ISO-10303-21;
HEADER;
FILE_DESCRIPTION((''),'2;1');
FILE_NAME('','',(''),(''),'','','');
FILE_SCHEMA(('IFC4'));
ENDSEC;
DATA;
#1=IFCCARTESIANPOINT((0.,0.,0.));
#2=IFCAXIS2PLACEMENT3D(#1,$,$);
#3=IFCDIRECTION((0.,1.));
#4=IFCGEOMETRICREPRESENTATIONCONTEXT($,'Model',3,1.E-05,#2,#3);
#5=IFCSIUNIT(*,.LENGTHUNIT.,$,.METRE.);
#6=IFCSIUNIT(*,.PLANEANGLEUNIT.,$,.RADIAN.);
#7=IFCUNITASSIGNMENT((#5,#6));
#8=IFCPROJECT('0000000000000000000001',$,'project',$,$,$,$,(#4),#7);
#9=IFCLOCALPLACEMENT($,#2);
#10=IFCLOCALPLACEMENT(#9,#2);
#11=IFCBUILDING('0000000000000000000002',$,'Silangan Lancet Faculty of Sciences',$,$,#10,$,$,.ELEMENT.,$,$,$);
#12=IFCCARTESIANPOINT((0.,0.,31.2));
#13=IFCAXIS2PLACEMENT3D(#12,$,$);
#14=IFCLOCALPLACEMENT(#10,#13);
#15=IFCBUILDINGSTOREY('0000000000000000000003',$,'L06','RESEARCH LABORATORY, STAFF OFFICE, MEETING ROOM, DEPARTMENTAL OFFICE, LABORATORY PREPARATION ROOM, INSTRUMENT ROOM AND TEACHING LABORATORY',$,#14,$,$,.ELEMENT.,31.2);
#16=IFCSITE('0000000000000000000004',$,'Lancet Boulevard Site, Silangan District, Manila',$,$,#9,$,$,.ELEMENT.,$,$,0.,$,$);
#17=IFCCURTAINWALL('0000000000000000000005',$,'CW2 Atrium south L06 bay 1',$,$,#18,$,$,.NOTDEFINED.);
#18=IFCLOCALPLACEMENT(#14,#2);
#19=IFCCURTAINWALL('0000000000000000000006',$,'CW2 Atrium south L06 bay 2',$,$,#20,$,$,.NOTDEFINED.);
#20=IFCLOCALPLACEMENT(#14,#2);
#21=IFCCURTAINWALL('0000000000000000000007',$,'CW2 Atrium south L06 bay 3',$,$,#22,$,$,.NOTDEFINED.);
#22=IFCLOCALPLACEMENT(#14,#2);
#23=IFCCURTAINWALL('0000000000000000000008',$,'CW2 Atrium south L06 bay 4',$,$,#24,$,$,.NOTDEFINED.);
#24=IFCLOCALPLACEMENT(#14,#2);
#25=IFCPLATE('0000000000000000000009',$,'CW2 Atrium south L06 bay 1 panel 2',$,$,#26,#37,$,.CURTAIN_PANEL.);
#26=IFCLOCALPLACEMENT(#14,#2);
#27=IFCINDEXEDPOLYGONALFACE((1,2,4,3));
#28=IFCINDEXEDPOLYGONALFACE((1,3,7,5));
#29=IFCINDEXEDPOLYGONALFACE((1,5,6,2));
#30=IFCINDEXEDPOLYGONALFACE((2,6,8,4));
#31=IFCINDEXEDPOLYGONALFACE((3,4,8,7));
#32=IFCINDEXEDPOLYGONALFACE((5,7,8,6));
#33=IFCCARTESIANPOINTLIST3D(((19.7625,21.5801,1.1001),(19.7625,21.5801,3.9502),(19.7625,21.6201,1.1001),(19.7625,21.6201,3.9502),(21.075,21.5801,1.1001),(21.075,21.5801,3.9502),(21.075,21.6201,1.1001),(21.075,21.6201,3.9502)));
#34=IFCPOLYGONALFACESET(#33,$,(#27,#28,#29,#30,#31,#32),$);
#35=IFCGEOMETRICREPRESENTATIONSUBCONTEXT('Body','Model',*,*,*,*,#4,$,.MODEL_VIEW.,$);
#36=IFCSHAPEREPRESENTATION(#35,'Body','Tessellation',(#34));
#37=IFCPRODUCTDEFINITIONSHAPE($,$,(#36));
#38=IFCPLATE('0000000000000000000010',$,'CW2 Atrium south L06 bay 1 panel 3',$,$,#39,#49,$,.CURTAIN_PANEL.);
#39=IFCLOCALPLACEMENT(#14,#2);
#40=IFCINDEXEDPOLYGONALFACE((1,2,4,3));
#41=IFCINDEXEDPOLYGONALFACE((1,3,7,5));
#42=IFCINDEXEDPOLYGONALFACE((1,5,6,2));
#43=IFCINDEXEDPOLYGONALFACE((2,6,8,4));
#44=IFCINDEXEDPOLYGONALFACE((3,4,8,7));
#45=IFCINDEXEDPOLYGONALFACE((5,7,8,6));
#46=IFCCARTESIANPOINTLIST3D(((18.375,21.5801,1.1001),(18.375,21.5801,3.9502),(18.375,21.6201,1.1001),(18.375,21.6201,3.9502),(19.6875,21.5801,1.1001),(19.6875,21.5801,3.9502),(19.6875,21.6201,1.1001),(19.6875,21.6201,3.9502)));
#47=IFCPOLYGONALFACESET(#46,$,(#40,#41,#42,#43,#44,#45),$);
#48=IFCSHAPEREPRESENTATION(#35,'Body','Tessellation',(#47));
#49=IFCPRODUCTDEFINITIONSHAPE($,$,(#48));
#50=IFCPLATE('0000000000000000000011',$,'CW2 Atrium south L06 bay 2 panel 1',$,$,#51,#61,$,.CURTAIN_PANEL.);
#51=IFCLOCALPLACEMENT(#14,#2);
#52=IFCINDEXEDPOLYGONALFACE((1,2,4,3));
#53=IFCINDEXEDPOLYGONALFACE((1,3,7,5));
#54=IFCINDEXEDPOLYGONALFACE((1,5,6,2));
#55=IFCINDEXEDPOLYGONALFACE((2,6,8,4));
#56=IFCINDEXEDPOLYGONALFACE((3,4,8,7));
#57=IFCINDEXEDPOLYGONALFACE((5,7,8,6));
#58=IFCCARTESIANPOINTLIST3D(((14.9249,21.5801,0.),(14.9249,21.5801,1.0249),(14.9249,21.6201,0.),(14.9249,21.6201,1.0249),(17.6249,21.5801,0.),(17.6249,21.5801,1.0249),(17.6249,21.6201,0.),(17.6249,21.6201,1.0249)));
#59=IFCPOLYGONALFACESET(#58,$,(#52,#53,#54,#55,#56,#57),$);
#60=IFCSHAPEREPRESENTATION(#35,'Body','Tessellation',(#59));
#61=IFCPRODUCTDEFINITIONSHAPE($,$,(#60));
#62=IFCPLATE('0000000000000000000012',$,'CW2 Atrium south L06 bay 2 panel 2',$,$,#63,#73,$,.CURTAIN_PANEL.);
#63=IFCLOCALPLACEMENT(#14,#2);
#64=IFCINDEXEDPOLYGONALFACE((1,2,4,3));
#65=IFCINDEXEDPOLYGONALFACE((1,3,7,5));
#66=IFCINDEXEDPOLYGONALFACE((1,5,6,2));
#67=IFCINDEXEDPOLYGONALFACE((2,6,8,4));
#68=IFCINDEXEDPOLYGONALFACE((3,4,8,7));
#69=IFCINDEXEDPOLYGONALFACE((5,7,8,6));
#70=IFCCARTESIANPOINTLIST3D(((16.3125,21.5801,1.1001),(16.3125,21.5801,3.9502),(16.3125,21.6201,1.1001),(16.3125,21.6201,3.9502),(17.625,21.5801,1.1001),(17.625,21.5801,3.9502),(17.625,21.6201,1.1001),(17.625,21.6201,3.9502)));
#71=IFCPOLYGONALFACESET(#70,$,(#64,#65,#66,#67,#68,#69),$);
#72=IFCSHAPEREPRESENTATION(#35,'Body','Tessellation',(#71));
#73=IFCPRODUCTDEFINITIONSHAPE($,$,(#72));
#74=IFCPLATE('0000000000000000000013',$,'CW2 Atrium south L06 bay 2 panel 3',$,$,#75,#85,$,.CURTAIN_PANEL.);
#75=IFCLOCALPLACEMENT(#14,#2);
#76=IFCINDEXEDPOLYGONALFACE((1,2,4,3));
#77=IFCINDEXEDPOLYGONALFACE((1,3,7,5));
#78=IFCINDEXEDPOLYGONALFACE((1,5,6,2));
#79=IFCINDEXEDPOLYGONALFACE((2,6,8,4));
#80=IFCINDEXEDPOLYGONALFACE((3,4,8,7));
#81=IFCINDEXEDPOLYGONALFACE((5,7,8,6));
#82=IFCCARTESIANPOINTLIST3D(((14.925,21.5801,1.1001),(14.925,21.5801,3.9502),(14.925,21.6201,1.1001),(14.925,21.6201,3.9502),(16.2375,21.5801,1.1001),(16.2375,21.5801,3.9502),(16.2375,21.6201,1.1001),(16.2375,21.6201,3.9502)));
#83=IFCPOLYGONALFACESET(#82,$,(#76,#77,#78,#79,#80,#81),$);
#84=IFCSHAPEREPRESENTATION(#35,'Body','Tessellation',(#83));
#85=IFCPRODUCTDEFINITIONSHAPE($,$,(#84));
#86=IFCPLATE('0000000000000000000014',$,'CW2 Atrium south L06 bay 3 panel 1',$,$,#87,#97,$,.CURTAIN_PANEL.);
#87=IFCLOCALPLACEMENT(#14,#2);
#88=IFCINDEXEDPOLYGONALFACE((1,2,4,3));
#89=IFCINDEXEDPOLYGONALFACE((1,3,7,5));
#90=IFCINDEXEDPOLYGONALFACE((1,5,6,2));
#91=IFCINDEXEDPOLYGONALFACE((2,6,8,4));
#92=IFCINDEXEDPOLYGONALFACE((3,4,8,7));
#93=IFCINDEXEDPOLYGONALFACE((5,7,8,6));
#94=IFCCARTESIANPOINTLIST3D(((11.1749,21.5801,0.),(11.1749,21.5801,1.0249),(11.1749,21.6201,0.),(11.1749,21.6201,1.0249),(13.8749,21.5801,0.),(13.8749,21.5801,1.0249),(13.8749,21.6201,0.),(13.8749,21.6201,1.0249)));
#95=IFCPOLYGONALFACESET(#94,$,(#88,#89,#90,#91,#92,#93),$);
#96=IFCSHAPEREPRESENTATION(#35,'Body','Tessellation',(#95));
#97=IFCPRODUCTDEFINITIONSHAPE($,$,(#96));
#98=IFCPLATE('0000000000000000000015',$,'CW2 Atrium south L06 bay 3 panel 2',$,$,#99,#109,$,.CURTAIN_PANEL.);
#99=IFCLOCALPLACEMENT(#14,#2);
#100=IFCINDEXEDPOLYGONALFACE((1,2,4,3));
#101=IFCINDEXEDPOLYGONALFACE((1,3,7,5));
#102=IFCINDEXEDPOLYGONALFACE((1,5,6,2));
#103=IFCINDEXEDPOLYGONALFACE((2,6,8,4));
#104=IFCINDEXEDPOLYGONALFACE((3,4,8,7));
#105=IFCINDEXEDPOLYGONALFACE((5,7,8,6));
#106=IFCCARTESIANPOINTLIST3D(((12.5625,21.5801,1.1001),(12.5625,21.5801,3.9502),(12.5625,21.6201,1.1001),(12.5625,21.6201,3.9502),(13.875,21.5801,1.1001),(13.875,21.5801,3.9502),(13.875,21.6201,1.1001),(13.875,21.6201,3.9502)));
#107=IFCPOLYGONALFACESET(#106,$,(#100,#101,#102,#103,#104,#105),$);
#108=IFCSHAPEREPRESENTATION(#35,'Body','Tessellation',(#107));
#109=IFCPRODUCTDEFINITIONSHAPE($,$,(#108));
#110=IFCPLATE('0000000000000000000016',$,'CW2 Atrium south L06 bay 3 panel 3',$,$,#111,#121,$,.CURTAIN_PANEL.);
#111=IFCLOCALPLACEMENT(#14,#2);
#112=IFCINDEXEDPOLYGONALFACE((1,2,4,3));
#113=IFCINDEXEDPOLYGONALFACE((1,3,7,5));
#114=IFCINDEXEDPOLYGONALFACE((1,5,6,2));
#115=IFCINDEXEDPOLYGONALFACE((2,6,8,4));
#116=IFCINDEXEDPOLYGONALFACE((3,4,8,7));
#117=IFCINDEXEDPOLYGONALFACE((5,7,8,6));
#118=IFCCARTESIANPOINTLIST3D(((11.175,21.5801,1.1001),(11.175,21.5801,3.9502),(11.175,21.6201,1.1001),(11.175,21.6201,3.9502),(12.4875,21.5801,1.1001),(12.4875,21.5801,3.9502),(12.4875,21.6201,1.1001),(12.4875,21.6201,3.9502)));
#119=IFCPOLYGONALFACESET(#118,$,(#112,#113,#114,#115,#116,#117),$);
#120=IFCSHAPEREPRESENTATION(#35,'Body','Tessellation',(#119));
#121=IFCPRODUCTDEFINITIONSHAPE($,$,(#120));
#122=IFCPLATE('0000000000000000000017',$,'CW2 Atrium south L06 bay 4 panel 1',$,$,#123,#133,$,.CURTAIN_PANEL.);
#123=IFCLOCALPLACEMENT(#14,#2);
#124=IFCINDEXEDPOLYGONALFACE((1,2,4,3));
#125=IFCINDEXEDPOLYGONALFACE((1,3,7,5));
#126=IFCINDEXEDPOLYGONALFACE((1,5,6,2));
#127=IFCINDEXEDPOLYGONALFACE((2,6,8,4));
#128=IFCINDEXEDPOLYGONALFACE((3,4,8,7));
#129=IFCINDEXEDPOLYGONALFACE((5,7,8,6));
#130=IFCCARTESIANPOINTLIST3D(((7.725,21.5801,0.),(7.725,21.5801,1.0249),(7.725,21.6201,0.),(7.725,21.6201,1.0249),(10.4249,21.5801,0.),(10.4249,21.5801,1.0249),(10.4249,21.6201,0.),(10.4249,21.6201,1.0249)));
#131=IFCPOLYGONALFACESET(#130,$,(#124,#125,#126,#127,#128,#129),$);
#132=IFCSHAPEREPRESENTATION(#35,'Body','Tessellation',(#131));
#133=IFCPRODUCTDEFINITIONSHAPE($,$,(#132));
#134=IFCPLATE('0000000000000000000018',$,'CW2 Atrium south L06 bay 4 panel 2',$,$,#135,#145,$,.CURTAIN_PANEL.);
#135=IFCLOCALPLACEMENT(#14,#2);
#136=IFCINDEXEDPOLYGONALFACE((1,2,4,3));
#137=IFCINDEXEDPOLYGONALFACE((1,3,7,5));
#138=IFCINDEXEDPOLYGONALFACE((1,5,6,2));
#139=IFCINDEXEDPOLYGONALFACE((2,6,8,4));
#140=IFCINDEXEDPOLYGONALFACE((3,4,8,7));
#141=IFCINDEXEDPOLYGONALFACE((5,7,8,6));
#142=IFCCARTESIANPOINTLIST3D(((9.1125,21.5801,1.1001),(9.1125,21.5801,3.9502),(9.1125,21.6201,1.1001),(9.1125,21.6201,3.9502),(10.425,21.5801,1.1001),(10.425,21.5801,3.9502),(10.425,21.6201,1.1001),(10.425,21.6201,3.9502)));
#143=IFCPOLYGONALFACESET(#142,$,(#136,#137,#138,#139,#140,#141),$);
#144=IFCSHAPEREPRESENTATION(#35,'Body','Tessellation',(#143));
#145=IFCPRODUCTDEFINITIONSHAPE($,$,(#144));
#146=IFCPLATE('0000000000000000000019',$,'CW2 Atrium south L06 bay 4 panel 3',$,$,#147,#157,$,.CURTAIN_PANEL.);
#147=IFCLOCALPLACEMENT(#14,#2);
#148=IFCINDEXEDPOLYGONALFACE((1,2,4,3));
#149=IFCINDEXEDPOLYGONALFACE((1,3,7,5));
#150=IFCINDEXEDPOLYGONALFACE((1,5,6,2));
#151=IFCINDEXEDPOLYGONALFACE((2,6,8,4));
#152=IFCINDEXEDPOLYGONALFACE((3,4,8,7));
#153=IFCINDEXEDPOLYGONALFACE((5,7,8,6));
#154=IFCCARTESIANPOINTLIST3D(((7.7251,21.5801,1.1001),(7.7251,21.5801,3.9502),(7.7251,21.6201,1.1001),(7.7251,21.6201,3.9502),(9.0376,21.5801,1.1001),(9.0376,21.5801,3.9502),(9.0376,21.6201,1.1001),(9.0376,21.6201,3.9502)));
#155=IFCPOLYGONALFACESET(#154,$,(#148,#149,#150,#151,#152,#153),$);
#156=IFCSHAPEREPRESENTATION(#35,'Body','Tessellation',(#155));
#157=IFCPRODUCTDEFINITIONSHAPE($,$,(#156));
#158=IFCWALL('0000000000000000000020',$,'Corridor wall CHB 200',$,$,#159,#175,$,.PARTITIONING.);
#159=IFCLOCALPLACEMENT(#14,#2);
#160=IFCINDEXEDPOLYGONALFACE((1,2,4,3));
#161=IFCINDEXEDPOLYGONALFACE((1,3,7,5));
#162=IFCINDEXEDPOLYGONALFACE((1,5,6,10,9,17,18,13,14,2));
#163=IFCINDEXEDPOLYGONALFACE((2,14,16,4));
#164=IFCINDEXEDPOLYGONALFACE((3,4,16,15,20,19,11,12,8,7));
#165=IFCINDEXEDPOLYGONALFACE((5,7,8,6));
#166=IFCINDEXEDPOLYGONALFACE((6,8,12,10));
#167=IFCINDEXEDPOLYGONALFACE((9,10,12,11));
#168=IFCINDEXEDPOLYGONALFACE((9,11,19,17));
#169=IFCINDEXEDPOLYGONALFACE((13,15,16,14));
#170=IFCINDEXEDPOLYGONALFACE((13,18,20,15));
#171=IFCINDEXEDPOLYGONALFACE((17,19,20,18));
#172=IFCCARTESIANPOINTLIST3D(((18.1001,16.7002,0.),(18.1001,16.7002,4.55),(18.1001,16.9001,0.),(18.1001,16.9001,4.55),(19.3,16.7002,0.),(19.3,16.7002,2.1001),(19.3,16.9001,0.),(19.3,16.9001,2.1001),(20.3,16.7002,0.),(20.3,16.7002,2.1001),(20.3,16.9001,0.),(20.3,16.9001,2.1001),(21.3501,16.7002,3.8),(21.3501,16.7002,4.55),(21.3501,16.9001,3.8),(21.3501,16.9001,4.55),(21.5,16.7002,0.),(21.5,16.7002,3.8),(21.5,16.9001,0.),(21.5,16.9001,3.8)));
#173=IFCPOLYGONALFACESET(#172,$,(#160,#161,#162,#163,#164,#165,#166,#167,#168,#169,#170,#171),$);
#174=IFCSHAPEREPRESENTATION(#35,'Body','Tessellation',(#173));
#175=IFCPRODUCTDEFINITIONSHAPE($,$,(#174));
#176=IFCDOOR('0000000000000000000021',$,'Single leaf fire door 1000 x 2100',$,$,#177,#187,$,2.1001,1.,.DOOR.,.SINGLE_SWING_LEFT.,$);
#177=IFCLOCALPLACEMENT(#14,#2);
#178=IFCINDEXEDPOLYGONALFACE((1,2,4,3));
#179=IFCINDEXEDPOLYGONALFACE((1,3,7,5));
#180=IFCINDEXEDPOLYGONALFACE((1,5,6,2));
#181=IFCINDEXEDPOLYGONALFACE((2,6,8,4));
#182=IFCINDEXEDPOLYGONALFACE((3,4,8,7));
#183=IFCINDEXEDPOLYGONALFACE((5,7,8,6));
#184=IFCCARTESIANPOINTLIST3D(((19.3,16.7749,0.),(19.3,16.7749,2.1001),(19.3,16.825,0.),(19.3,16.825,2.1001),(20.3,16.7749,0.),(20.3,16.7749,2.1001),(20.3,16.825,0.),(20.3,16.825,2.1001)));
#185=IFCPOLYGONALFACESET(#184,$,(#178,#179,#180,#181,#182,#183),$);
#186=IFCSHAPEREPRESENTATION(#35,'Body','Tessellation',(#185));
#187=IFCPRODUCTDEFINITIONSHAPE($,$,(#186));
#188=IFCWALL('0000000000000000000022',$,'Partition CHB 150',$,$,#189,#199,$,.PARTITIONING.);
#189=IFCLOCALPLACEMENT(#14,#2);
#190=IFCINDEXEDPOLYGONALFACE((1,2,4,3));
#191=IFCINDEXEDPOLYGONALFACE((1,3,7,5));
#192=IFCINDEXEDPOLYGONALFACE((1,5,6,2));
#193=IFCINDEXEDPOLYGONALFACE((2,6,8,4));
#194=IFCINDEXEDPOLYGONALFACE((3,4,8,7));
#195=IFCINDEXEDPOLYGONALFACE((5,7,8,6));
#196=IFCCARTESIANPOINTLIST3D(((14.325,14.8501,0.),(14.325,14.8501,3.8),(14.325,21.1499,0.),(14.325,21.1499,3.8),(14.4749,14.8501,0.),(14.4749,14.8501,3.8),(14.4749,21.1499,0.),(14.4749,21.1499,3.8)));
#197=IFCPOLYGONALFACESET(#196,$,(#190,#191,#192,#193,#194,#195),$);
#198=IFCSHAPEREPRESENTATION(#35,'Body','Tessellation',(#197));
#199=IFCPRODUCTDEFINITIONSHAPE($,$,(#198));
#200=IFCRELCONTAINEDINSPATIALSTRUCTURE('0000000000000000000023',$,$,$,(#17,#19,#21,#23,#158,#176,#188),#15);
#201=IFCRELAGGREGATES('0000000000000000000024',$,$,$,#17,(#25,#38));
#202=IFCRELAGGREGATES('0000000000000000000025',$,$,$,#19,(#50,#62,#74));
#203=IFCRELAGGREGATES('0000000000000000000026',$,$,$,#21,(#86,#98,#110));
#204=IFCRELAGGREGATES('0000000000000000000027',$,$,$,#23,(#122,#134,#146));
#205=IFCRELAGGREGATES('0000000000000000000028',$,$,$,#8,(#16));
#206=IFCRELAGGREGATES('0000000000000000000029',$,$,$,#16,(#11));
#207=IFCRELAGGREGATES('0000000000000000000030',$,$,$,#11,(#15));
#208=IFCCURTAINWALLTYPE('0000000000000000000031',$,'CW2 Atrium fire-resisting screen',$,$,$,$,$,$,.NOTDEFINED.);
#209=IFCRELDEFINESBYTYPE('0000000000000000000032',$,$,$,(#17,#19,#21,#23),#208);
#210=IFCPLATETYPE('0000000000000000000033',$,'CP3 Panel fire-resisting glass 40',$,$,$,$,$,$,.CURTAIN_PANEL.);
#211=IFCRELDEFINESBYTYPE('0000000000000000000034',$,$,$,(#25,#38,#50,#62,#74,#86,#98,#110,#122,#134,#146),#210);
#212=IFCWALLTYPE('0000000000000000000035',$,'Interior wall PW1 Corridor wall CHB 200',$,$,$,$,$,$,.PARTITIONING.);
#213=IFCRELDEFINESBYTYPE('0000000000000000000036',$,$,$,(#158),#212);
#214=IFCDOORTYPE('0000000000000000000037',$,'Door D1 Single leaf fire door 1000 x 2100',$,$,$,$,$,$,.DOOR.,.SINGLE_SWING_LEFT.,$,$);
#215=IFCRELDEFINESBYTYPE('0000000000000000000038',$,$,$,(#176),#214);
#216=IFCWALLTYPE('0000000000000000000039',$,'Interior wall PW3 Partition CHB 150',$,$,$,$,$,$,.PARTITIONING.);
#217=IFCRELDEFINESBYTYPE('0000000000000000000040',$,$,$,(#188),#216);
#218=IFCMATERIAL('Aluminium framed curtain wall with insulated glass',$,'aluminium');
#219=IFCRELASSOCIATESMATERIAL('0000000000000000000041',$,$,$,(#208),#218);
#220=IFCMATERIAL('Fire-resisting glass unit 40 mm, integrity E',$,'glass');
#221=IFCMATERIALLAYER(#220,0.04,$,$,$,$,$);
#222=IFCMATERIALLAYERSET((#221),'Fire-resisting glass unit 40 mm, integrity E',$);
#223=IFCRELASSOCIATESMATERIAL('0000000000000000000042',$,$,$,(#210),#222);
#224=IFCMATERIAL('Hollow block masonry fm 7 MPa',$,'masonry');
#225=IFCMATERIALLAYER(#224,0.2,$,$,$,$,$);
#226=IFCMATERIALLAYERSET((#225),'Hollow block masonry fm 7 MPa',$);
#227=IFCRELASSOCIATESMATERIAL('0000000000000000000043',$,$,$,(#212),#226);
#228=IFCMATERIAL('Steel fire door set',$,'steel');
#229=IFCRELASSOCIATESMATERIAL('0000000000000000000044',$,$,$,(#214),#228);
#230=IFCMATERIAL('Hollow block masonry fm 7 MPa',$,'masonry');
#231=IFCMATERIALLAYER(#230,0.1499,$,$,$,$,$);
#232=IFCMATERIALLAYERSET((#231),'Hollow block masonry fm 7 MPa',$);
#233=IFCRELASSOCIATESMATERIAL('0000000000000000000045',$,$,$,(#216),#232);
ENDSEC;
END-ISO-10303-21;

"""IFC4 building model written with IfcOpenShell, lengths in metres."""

from ifc_helpers import new_model, si_unit, direction, frame, frame_2d, origin, origin_2d, place, context, subcontext, project, spatial, polyline, rectangle, outline, extrude, material, layer, layer_set, type_object, element, fill, aggregate, save


model = new_model("IFC4")

# Units and contexts
model_context = context("Model", 3, precision=1e-05, world=origin(), true_north=direction((0.0, 1.0)))
body_context = subcontext(model_context, "Body", "Model", "MODEL_VIEW")
ifc_project = project(units=[si_unit("LENGTHUNIT", "METRE"), si_unit("PLANEANGLEUNIT", "RADIAN")], contexts=[model_context])

# Site, building, storey
site_placement = place(None, origin())
site = spatial("IfcSite", under=ifc_project, at=site_placement, Name="Lancet Boulevard Site, Silangan District, Manila", CompositionType="ELEMENT", RefElevation=0.0)
building_placement = place(site_placement, origin())
building = spatial("IfcBuilding", under=site, at=building_placement, Name="Silangan Lancet Faculty of Sciences", CompositionType="ELEMENT")
storey_placement = place(building_placement, frame((0.0, 0.0, 31.2)))
storey = spatial("IfcBuildingStorey", under=building, at=storey_placement, Name="L06", Description="RESEARCH LABORATORY, STAFF OFFICE, MEETING ROOM, DEPARTMENTAL OFFICE, LABORATORY PREPARATION ROOM, INSTRUMENT ROOM AND TEACHING LABORATORY", CompositionType="ELEMENT", Elevation=31.2)

# Curtain walls
ifc_material_1 = material(Name="Aluminium framed curtain wall with insulated glass", Category="aluminium")
curtain_wall_type = type_object("IfcCurtainWallType", Name="CW2 Atrium fire-resisting screen", PredefinedType="NOTDEFINED", material=ifc_material_1)
curtain_wall_1_placement = place(storey_placement, origin())
curtain_wall_1 = element("IfcCurtainWall", 1, at=curtain_wall_1_placement, inside=storey, type_object=curtain_wall_type, Name="CW2 Atrium south L06 bay 1", PredefinedType="NOTDEFINED")
curtain_wall_2_placement = place(storey_placement, origin())
curtain_wall_2 = element("IfcCurtainWall", 2, at=curtain_wall_2_placement, inside=storey, type_object=curtain_wall_type, Name="CW2 Atrium south L06 bay 2", PredefinedType="NOTDEFINED")
curtain_wall_3_placement = place(storey_placement, origin())
curtain_wall_3 = element("IfcCurtainWall", 3, at=curtain_wall_3_placement, inside=storey, type_object=curtain_wall_type, Name="CW2 Atrium south L06 bay 3", PredefinedType="NOTDEFINED")
curtain_wall_4_placement = place(storey_placement, origin())
curtain_wall_4 = element("IfcCurtainWall", 4, at=curtain_wall_4_placement, inside=storey, type_object=curtain_wall_type, Name="CW2 Atrium south L06 bay 4", PredefinedType="NOTDEFINED")

# Plates
ifc_material_2 = material(Name="Fire-resisting glass unit 40 mm, integrity E", Category="glass")
ifc_layer_1 = layer(ifc_material_2, 0.04)
ifc_layer_set_1 = layer_set([ifc_layer_1], Name="Fire-resisting glass unit 40 mm, integrity E")
plate_type = type_object("IfcPlateType", Name="CP3 Panel fire-resisting glass 40", PredefinedType="CURTAIN_PANEL", material=ifc_layer_set_1)
plate_1_placement = place(storey_placement, frame((20.4187, 21.6001, 1.1001), z_axis=(0.0, 0.0, 1.0), x_axis=(-1.0, 0.0, 0.0)))
plate_1 = element("IfcPlate", 5, at=plate_1_placement, type_object=plate_type, Name="CW2 Atrium south L06 bay 1 panel 2", PredefinedType="CURTAIN_PANEL", context=body_context, shape_type="SweptSolid", body=[
    extrude(rectangle(XDim=1.3125, YDim=0.04, at=origin_2d()), origin(), (0.0, 0.0, 1.0), 2.8501),
])
plate_2_placement = place(storey_placement, frame((19.0312, 21.6001, 1.1001), z_axis=(0.0, 0.0, 1.0), x_axis=(-1.0, 0.0, 0.0)))
plate_2 = element("IfcPlate", 6, at=plate_2_placement, type_object=plate_type, Name="CW2 Atrium south L06 bay 1 panel 3", PredefinedType="CURTAIN_PANEL", context=body_context, shape_type="SweptSolid", body=[
    extrude(rectangle(XDim=1.3125, YDim=0.04, at=origin_2d()), origin(), (0.0, 0.0, 1.0), 2.8501),
])
aggregate(curtain_wall_1, [plate_1, plate_2])
plate_3_placement = place(storey_placement, frame((16.2749, 21.6001, 0.0), z_axis=(0.0, 0.0, 1.0), x_axis=(-1.0, 0.0, 0.0)))
plate_3 = element("IfcPlate", 7, at=plate_3_placement, type_object=plate_type, Name="CW2 Atrium south L06 bay 2 panel 1", PredefinedType="CURTAIN_PANEL", context=body_context, shape_type="SweptSolid", body=[
    extrude(rectangle(XDim=2.7, YDim=0.04, at=origin_2d()), origin(), (0.0, 0.0, 1.0), 1.0249),
])
plate_4_placement = place(storey_placement, frame((16.9688, 21.6001, 1.1001), z_axis=(0.0, 0.0, 1.0), x_axis=(-1.0, 0.0, 0.0)))
plate_4 = element("IfcPlate", 8, at=plate_4_placement, type_object=plate_type, Name="CW2 Atrium south L06 bay 2 panel 2", PredefinedType="CURTAIN_PANEL", context=body_context, shape_type="SweptSolid", body=[
    extrude(rectangle(XDim=1.3125, YDim=0.04, at=origin_2d()), origin(), (0.0, 0.0, 1.0), 2.8501),
])
plate_5_placement = place(storey_placement, frame((15.5813, 21.6001, 1.1001), z_axis=(0.0, 0.0, 1.0), x_axis=(-1.0, 0.0, 0.0)))
plate_5 = element("IfcPlate", 9, at=plate_5_placement, type_object=plate_type, Name="CW2 Atrium south L06 bay 2 panel 3", PredefinedType="CURTAIN_PANEL", context=body_context, shape_type="SweptSolid", body=[
    extrude(rectangle(XDim=1.3125, YDim=0.04, at=origin_2d()), origin(), (0.0, 0.0, 1.0), 2.8501),
])
aggregate(curtain_wall_2, [plate_3, plate_4, plate_5])
plate_6_placement = place(storey_placement, frame((12.5249, 21.6001, 0.0), z_axis=(0.0, 0.0, 1.0), x_axis=(-1.0, 0.0, 0.0)))
plate_6 = element("IfcPlate", 10, at=plate_6_placement, type_object=plate_type, Name="CW2 Atrium south L06 bay 3 panel 1", PredefinedType="CURTAIN_PANEL", context=body_context, shape_type="SweptSolid", body=[
    extrude(rectangle(XDim=2.7, YDim=0.04, at=origin_2d()), origin(), (0.0, 0.0, 1.0), 1.0249),
])
plate_7_placement = place(storey_placement, frame((13.2188, 21.6001, 1.1001), z_axis=(0.0, 0.0, 1.0), x_axis=(-1.0, 0.0, 0.0)))
plate_7 = element("IfcPlate", 11, at=plate_7_placement, type_object=plate_type, Name="CW2 Atrium south L06 bay 3 panel 2", PredefinedType="CURTAIN_PANEL", context=body_context, shape_type="SweptSolid", body=[
    extrude(rectangle(XDim=1.3125, YDim=0.04, at=origin_2d()), origin(), (0.0, 0.0, 1.0), 2.8501),
])
plate_8_placement = place(storey_placement, frame((11.8313, 21.6001, 1.1001), z_axis=(0.0, 0.0, 1.0), x_axis=(-1.0, 0.0, 0.0)))
plate_8 = element("IfcPlate", 12, at=plate_8_placement, type_object=plate_type, Name="CW2 Atrium south L06 bay 3 panel 3", PredefinedType="CURTAIN_PANEL", context=body_context, shape_type="SweptSolid", body=[
    extrude(rectangle(XDim=1.3125, YDim=0.04, at=origin_2d()), origin(), (0.0, 0.0, 1.0), 2.8501),
])
aggregate(curtain_wall_3, [plate_6, plate_7, plate_8])
plate_9_placement = place(storey_placement, frame((9.075, 21.6001, 0.0), z_axis=(0.0, 0.0, 1.0), x_axis=(-1.0, 0.0, 0.0)))
plate_9 = element("IfcPlate", 13, at=plate_9_placement, type_object=plate_type, Name="CW2 Atrium south L06 bay 4 panel 1", PredefinedType="CURTAIN_PANEL", context=body_context, shape_type="SweptSolid", body=[
    extrude(rectangle(XDim=2.7, YDim=0.04, at=origin_2d()), origin(), (0.0, 0.0, 1.0), 1.0249),
])
plate_10_placement = place(storey_placement, frame((9.7688, 21.6001, 1.1001), z_axis=(0.0, 0.0, 1.0), x_axis=(-1.0, 0.0, 0.0)))
plate_10 = element("IfcPlate", 14, at=plate_10_placement, type_object=plate_type, Name="CW2 Atrium south L06 bay 4 panel 2", PredefinedType="CURTAIN_PANEL", context=body_context, shape_type="SweptSolid", body=[
    extrude(rectangle(XDim=1.3125, YDim=0.04, at=origin_2d()), origin(), (0.0, 0.0, 1.0), 2.8501),
])
plate_11_placement = place(storey_placement, frame((8.3813, 21.6001, 1.1001), z_axis=(0.0, 0.0, 1.0), x_axis=(-1.0, 0.0, 0.0)))
plate_11 = element("IfcPlate", 15, at=plate_11_placement, type_object=plate_type, Name="CW2 Atrium south L06 bay 4 panel 3", PredefinedType="CURTAIN_PANEL", context=body_context, shape_type="SweptSolid", body=[
    extrude(rectangle(XDim=1.3125, YDim=0.04, at=origin_2d()), origin(), (0.0, 0.0, 1.0), 2.8501),
])
aggregate(curtain_wall_4, [plate_9, plate_10, plate_11])

# Wall, opening, door
ifc_material_3 = material(Name="Hollow block masonry fm 7 MPa", Category="masonry")
ifc_layer_2 = layer(ifc_material_3, 0.2)
ifc_layer_set_2 = layer_set([ifc_layer_2], Name="Hollow block masonry fm 7 MPa")
wall_type_1 = type_object("IfcWallType", Name="Interior wall PW1 Corridor wall CHB 200", PredefinedType="PARTITIONING", material=ifc_layer_set_2)
wall_1_placement = place(storey_placement, frame((18.1001, 16.8, 0.0), z_axis=(0.0, 0.0, 1.0), x_axis=(1.0, 0.0, 0.0)))
wall_1 = element("IfcWall", 16, at=wall_1_placement, inside=storey, type_object=wall_type_1, Name="Corridor wall CHB 200", PredefinedType="PARTITIONING", context=body_context, shape_type="SweptSolid", body=[
    extrude(outline(polyline([(0.0, 0.0), (3.3999, 0.0), (3.3999, 3.8), (3.25, 3.8), (3.25, 4.55), (0.0, 4.55), (0.0, 0.0)])), frame((0.0, 0.1001, 0.0), z_axis=(0.0, -1.0, 0.0), x_axis=(1.0, 0.0, 0.0)), (0.0, 0.0, 1.0), 0.2),
])
opening_placement = place(wall_1_placement, frame((1.2, 0.0, 0.0)))
opening = element("IfcOpeningElement", 17, at=opening_placement, cuts=wall_1, PredefinedType="OPENING", context=body_context, shape_type="SweptSolid", body=[
    extrude(rectangle(XDim=1.0, YDim=2.1001, at=frame_2d((0.5, 1.05))), frame((0.0, 0.1099, 0.0), z_axis=(0.0, -1.0, 0.0), x_axis=(1.0, 0.0, 0.0)), (0.0, 0.0, 1.0), 0.22),
])
ifc_material_4 = material(Name="Steel fire door set", Category="steel")
door_type = type_object("IfcDoorType", Name="Door D1 Single leaf fire door 1000 x 2100", OperationType="SINGLE_SWING_LEFT", PredefinedType="DOOR", material=ifc_material_4)
door_placement = place(opening_placement, origin())
door = element("IfcDoor", 18, at=door_placement, inside=storey, type_object=door_type, Name="Single leaf fire door 1000 x 2100", OperationType="SINGLE_SWING_LEFT", OverallHeight=2.1001, OverallWidth=1.0, PredefinedType="DOOR", context=body_context, shape_type="SweptSolid", body=[
    extrude(rectangle(XDim=1.0, YDim=2.1001, at=frame_2d((0.5, 1.05))), frame((0.0, 0.0249, 0.0), z_axis=(0.0, -1.0, 0.0), x_axis=(1.0, 0.0, 0.0)), (0.0, 0.0, 1.0), 0.05),
])
fill(opening, door)

# Wall
ifc_material_5 = material(Name="Hollow block masonry fm 7 MPa", Category="masonry")
ifc_layer_3 = layer(ifc_material_5, 0.1499)
ifc_layer_set_3 = layer_set([ifc_layer_3], Name="Hollow block masonry fm 7 MPa")
wall_type_2 = type_object("IfcWallType", Name="Interior wall PW3 Partition CHB 150", PredefinedType="PARTITIONING", material=ifc_layer_set_3)
wall_2_placement = place(storey_placement, frame((14.3999, 14.8501, 0.0), z_axis=(0.0, 0.0, 1.0), x_axis=(0.0, 1.0, 0.0)))
element("IfcWall", 19, at=wall_2_placement, inside=storey, type_object=wall_type_2, Name="Partition CHB 150", PredefinedType="PARTITIONING", context=body_context, shape_type="SweptSolid", body=[
    extrude(rectangle(XDim=6.2998, YDim=0.1499, at=frame_2d((3.1499, 0.0))), origin(), (0.0, 0.0, 1.0), 3.8),
])

save(model, "model.ifc")
